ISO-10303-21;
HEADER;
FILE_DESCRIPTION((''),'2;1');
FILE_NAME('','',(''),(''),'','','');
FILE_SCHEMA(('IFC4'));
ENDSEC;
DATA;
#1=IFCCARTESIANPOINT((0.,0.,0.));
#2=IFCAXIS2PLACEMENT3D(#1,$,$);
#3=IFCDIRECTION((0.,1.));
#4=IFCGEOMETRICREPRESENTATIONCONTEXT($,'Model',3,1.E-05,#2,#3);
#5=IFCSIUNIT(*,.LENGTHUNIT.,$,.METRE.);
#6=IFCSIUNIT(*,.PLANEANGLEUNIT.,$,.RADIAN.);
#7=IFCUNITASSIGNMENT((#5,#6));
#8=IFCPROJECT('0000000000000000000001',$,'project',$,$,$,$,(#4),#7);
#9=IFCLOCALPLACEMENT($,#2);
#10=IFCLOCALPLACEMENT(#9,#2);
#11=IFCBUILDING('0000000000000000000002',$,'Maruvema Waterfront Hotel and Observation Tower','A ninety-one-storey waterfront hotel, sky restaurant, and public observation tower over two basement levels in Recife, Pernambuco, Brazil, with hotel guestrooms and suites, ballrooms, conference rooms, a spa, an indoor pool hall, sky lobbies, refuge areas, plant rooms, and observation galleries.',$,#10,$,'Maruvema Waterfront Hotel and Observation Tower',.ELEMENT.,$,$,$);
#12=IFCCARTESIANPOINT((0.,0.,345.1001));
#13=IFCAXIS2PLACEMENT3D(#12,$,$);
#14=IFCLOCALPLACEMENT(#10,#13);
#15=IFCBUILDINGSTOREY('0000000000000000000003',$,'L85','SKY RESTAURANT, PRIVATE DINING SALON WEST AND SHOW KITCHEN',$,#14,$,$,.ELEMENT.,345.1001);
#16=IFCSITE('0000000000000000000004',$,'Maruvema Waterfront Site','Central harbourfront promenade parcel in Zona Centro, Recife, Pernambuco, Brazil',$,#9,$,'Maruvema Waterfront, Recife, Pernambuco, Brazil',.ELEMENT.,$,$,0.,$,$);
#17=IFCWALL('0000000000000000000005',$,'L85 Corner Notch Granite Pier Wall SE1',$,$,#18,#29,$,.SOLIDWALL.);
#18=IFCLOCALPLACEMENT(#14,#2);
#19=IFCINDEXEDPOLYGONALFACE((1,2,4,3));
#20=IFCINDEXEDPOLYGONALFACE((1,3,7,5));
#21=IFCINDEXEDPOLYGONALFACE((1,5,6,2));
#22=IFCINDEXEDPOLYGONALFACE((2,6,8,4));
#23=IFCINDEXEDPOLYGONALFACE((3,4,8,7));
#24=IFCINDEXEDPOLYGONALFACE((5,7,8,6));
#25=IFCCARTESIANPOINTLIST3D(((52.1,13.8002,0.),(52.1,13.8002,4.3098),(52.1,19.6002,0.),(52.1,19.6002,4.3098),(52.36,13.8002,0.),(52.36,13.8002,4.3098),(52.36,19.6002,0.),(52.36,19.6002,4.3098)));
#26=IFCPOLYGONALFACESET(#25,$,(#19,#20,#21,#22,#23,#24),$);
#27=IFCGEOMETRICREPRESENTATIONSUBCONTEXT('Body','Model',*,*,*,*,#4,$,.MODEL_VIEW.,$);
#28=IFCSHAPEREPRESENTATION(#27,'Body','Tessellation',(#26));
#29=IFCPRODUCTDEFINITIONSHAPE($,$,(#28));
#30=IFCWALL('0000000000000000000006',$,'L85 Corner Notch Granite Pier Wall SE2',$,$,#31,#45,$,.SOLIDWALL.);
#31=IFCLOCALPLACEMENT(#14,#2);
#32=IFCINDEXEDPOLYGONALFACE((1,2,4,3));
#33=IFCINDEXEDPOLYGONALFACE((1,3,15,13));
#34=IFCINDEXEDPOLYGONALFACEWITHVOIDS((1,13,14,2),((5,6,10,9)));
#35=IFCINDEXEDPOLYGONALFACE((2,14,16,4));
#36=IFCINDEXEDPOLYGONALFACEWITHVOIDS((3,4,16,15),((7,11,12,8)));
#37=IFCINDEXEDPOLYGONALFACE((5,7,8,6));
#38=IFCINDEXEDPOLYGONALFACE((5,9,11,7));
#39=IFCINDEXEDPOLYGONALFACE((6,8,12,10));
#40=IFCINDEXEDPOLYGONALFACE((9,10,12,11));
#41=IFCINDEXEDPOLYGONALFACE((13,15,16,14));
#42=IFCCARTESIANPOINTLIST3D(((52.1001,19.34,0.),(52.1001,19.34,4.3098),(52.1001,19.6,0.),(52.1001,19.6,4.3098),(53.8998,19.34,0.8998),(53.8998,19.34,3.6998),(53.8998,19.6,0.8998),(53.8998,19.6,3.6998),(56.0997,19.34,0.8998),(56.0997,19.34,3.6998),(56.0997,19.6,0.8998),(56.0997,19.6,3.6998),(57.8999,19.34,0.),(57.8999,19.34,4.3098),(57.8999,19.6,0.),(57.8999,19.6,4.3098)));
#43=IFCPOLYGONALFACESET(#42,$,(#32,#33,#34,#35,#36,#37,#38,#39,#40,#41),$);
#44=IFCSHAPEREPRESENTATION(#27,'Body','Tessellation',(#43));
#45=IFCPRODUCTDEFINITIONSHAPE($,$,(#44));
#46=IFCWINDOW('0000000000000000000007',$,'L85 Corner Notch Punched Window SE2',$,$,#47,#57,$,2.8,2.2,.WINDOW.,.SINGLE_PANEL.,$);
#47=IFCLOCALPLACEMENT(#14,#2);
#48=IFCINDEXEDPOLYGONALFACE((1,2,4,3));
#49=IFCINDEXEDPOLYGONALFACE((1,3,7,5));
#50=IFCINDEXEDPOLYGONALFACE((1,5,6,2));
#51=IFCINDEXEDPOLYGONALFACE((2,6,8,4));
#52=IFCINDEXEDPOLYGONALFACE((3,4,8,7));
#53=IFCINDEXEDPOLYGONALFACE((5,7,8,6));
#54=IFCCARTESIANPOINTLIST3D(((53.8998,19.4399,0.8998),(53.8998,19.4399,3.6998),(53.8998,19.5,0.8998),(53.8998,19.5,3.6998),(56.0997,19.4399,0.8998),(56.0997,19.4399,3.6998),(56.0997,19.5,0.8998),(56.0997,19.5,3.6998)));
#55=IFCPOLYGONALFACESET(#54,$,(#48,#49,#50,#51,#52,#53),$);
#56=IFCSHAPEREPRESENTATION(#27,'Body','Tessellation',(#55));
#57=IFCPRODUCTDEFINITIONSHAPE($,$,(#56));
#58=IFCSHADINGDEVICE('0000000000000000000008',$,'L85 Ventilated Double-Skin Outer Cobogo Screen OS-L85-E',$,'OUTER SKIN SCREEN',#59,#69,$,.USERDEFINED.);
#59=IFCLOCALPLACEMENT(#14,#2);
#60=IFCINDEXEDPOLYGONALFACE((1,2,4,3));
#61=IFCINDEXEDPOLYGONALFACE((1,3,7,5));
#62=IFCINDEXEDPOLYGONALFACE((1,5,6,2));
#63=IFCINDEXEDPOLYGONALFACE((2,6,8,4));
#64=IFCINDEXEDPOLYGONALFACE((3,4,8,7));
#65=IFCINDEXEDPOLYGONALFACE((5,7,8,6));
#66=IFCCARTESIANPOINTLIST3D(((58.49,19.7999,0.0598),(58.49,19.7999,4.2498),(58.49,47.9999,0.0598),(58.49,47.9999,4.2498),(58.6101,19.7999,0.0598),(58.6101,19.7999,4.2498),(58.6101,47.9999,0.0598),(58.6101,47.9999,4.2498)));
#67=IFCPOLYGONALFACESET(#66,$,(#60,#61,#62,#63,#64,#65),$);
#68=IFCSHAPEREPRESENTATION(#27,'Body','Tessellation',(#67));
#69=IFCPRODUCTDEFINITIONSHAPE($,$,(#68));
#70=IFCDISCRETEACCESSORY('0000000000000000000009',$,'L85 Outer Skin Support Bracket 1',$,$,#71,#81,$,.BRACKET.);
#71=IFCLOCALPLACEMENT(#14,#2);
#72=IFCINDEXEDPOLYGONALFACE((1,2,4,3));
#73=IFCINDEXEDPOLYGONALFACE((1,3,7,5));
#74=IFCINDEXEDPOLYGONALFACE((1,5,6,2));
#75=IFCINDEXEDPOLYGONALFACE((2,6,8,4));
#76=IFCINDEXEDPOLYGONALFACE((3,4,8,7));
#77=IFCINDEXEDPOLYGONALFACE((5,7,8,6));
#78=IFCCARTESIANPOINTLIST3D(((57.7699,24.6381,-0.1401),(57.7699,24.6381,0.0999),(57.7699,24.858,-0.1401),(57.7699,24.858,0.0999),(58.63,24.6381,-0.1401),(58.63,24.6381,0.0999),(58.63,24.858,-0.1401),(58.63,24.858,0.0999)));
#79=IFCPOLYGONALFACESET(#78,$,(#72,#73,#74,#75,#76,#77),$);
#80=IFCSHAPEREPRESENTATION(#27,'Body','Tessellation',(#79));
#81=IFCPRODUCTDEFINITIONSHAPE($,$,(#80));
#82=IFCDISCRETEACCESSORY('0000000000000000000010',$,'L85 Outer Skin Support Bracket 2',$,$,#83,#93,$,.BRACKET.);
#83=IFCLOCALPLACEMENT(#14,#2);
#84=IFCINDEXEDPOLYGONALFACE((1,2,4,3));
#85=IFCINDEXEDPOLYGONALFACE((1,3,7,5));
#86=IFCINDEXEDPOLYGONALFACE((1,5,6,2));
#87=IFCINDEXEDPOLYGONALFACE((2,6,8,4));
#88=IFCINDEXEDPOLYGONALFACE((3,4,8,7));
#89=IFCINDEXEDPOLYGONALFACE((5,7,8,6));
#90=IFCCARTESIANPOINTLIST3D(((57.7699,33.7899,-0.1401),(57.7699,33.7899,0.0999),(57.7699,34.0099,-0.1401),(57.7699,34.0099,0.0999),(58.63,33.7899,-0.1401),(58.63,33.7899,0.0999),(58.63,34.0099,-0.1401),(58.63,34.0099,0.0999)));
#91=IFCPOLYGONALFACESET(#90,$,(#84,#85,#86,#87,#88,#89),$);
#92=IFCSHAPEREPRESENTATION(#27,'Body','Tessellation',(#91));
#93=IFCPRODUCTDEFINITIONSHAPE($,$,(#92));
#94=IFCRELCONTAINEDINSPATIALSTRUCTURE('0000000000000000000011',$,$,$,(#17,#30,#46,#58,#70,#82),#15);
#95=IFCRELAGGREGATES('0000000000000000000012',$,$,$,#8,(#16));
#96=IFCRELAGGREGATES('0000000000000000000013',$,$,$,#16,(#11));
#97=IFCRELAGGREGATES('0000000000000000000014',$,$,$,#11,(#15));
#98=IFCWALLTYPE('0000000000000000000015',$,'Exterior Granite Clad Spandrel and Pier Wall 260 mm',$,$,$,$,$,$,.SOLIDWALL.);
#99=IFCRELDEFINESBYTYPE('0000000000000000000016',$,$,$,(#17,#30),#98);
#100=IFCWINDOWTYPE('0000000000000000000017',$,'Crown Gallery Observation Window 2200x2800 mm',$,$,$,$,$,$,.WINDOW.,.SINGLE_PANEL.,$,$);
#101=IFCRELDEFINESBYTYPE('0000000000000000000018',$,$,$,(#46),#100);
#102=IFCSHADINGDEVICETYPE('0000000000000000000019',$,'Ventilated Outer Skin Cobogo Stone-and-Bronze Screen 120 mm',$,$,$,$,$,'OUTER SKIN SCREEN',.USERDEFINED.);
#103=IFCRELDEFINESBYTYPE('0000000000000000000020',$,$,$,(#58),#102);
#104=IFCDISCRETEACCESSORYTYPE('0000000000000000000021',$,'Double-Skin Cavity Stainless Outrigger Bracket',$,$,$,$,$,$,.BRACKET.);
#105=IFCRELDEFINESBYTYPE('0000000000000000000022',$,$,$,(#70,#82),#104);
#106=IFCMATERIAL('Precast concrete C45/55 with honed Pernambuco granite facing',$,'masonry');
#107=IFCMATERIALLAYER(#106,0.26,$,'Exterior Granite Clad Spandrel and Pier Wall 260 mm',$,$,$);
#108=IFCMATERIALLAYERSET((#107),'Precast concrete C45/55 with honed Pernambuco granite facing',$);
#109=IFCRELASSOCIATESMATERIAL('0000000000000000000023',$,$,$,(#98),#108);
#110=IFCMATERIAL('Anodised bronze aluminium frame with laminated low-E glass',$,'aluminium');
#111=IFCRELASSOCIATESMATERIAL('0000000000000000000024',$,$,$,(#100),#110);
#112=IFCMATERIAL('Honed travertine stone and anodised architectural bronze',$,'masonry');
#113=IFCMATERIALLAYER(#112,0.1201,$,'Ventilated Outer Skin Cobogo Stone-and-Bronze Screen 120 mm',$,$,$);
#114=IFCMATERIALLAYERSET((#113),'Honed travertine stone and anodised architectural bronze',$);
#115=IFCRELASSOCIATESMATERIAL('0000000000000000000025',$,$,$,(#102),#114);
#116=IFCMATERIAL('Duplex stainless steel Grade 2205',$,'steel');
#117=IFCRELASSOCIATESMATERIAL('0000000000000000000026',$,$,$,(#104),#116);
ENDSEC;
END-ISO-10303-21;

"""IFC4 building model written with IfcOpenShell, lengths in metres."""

from ifc_helpers import new_model, si_unit, direction, frame, frame_2d, origin, origin_2d, place, context, subcontext, project, spatial, rectangle, extrude, material, layer, layer_set, type_object, element, fill, save


model = new_model("IFC4")

# Units and contexts
model_context = context("Model", 3, precision=1e-05, world=origin(), true_north=direction((0.0, 1.0)))
body_context = subcontext(model_context, "Body", "Model", "MODEL_VIEW")
ifc_project = project(units=[si_unit("LENGTHUNIT", "METRE"), si_unit("PLANEANGLEUNIT", "RADIAN")], contexts=[model_context])

# Site, building, storey
site_placement = place(None, origin())
site = spatial("IfcSite", under=ifc_project, at=site_placement, Name="Maruvema Waterfront Site", Description="Central harbourfront promenade parcel in Zona Centro, Recife, Pernambuco, Brazil", LongName="Maruvema Waterfront, Recife, Pernambuco, Brazil", CompositionType="ELEMENT", RefElevation=0.0)
building_placement = place(site_placement, origin())
building = spatial("IfcBuilding", under=site, at=building_placement, Name="Maruvema Waterfront Hotel and Observation Tower", Description="A ninety-one-storey waterfront hotel, sky restaurant, and public observation tower over two basement levels in Recife, Pernambuco, Brazil, with hotel guestrooms and suites, ballrooms, conference rooms, a spa, an indoor pool hall, sky lobbies, refuge areas, plant rooms, and observation galleries.", LongName="Maruvema Waterfront Hotel and Observation Tower", CompositionType="ELEMENT")
storey_placement = place(building_placement, frame((0.0, 0.0, 345.1001)))
storey = spatial("IfcBuildingStorey", under=building, at=storey_placement, Name="L85", Description="SKY RESTAURANT, PRIVATE DINING SALON WEST AND SHOW KITCHEN", CompositionType="ELEMENT", Elevation=345.1001)

# Wall
ifc_material_1 = material(Name="Precast concrete C45/55 with honed Pernambuco granite facing", Category="masonry")
ifc_layer_1 = layer(ifc_material_1, 0.26, Name="Exterior Granite Clad Spandrel and Pier Wall 260 mm")
ifc_layer_set_1 = layer_set([ifc_layer_1], Name="Precast concrete C45/55 with honed Pernambuco granite facing")
wall_type_1 = type_object("IfcWallType", Name="Exterior Granite Clad Spandrel and Pier Wall 260 mm", PredefinedType="SOLIDWALL", material=ifc_layer_set_1)
wall_1_placement = place(storey_placement, frame((52.23, 19.6001, 0.0), z_axis=(0.0, 0.0, 1.0), x_axis=(0.0, -1.0, 0.0)))
element("IfcWall", 1, at=wall_1_placement, inside=storey, type_object=wall_type_1, Name="L85 Corner Notch Granite Pier Wall SE1", PredefinedType="SOLIDWALL", context=body_context, shape_type="SweptSolid", body=[
    extrude(rectangle(XDim=5.8, YDim=0.26, at=frame_2d((2.8999, 0.0))), origin(), (0.0, 0.0, 1.0), 4.3098),
])

# Wall, opening, window
wall_2_placement = place(storey_placement, frame((57.8999, 19.47, 0.0), z_axis=(0.0, 0.0, 1.0), x_axis=(-1.0, 0.0, 0.0)))
wall_2 = element("IfcWall", 2, at=wall_2_placement, inside=storey, type_object=wall_type_1, Name="L85 Corner Notch Granite Pier Wall SE2", PredefinedType="SOLIDWALL", context=body_context, shape_type="SweptSolid", body=[
    extrude(rectangle(XDim=5.7998, YDim=0.26, at=frame_2d((2.8999, 0.0))), origin(), (0.0, 0.0, 1.0), 4.3098),
])
opening_1_placement = place(wall_2_placement, frame((1.8, 0.0, 0.8999)))
opening_1 = element("IfcOpeningElement", 3, at=opening_1_placement, cuts=wall_2, PredefinedType="OPENING", context=body_context, shape_type="SweptSolid", body=[
    extrude(rectangle(XDim=2.2, YDim=2.8, at=frame_2d((1.1001, 1.3999))), frame((0.0, 0.1401, 0.0), z_axis=(0.0, -1.0, 0.0), x_axis=(1.0, 0.0, 0.0)), (0.0, 0.0, 1.0), 0.28),
])
ifc_material_2 = material(Name="Anodised bronze aluminium frame with laminated low-E glass", Category="aluminium")
window_type = type_object("IfcWindowType", Name="Crown Gallery Observation Window 2200x2800 mm", PartitioningType="SINGLE_PANEL", PredefinedType="WINDOW", material=ifc_material_2)
window_placement = place(opening_1_placement, origin())
window = element("IfcWindow", 4, at=window_placement, inside=storey, type_object=window_type, Name="L85 Corner Notch Punched Window SE2", OverallHeight=2.8, OverallWidth=2.2, PartitioningType="SINGLE_PANEL", PredefinedType="WINDOW", context=body_context, shape_type="SweptSolid", body=[
    extrude(rectangle(XDim=2.2, YDim=2.8, at=frame_2d((1.1001, 1.3999))), frame((0.0, 0.03, 0.0), z_axis=(0.0, -1.0, 0.0), x_axis=(1.0, 0.0, 0.0)), (0.0, 0.0, 1.0), 0.0601),
])
fill(opening_1, window)

# Shading device
ifc_material_3 = material(Name="Honed travertine stone and anodised architectural bronze", Category="masonry")
ifc_layer_2 = layer(ifc_material_3, 0.1201, Name="Ventilated Outer Skin Cobogo Stone-and-Bronze Screen 120 mm")
ifc_layer_set_2 = layer_set([ifc_layer_2], Name="Honed travertine stone and anodised architectural bronze")
shading_device_type = type_object("IfcShadingDeviceType", Name="Ventilated Outer Skin Cobogo Stone-and-Bronze Screen 120 mm", ElementType="OUTER SKIN SCREEN", PredefinedType="USERDEFINED", material=ifc_layer_set_2)
shading_device_placement = place(storey_placement, frame((58.55, 33.8999, 0.0598), z_axis=(0.0, 0.0, 1.0), x_axis=(0.0, 1.0, 0.0)))
element("IfcShadingDevice", 5, at=shading_device_placement, inside=storey, type_object=shading_device_type, Name="L85 Ventilated Double-Skin Outer Cobogo Screen OS-L85-E", ObjectType="OUTER SKIN SCREEN", PredefinedType="USERDEFINED", context=body_context, shape_type="SweptSolid", body=[
    extrude(rectangle(XDim=28.2, YDim=0.1201, at=origin_2d()), origin(), (0.0, 0.0, 1.0), 4.1899),
])

# Discrete accessories
ifc_material_4 = material(Name="Duplex stainless steel Grade 2205", Category="steel")
discrete_accessory_type = type_object("IfcDiscreteAccessoryType", Name="Double-Skin Cavity Stainless Outrigger Bracket", PredefinedType="BRACKET", material=ifc_material_4)
for number, where, z_axis, x_axis, name in (
    (6, (58.2, 24.748, -0.1401), (0.0, 0.0, 1.0), (0.0, 1.0, 0.0), "L85 Outer Skin Support Bracket 1"),
    (7, (58.2, 33.8999, -0.1401), (0.0, 0.0, 1.0), (0.0, 1.0, 0.0), "L85 Outer Skin Support Bracket 2"),
):
    element("IfcDiscreteAccessory", number, at=place(storey_placement, frame(where, z_axis=z_axis, x_axis=x_axis)), inside=storey, type_object=discrete_accessory_type, Name=name, PredefinedType="BRACKET", context=body_context, shape_type="SweptSolid", body=[
        extrude(rectangle(XDim=0.22, YDim=0.8601, at=origin_2d()), origin(), (0.0, 0.0, 1.0), 0.24),
    ])

save(model, "model.ifc")
